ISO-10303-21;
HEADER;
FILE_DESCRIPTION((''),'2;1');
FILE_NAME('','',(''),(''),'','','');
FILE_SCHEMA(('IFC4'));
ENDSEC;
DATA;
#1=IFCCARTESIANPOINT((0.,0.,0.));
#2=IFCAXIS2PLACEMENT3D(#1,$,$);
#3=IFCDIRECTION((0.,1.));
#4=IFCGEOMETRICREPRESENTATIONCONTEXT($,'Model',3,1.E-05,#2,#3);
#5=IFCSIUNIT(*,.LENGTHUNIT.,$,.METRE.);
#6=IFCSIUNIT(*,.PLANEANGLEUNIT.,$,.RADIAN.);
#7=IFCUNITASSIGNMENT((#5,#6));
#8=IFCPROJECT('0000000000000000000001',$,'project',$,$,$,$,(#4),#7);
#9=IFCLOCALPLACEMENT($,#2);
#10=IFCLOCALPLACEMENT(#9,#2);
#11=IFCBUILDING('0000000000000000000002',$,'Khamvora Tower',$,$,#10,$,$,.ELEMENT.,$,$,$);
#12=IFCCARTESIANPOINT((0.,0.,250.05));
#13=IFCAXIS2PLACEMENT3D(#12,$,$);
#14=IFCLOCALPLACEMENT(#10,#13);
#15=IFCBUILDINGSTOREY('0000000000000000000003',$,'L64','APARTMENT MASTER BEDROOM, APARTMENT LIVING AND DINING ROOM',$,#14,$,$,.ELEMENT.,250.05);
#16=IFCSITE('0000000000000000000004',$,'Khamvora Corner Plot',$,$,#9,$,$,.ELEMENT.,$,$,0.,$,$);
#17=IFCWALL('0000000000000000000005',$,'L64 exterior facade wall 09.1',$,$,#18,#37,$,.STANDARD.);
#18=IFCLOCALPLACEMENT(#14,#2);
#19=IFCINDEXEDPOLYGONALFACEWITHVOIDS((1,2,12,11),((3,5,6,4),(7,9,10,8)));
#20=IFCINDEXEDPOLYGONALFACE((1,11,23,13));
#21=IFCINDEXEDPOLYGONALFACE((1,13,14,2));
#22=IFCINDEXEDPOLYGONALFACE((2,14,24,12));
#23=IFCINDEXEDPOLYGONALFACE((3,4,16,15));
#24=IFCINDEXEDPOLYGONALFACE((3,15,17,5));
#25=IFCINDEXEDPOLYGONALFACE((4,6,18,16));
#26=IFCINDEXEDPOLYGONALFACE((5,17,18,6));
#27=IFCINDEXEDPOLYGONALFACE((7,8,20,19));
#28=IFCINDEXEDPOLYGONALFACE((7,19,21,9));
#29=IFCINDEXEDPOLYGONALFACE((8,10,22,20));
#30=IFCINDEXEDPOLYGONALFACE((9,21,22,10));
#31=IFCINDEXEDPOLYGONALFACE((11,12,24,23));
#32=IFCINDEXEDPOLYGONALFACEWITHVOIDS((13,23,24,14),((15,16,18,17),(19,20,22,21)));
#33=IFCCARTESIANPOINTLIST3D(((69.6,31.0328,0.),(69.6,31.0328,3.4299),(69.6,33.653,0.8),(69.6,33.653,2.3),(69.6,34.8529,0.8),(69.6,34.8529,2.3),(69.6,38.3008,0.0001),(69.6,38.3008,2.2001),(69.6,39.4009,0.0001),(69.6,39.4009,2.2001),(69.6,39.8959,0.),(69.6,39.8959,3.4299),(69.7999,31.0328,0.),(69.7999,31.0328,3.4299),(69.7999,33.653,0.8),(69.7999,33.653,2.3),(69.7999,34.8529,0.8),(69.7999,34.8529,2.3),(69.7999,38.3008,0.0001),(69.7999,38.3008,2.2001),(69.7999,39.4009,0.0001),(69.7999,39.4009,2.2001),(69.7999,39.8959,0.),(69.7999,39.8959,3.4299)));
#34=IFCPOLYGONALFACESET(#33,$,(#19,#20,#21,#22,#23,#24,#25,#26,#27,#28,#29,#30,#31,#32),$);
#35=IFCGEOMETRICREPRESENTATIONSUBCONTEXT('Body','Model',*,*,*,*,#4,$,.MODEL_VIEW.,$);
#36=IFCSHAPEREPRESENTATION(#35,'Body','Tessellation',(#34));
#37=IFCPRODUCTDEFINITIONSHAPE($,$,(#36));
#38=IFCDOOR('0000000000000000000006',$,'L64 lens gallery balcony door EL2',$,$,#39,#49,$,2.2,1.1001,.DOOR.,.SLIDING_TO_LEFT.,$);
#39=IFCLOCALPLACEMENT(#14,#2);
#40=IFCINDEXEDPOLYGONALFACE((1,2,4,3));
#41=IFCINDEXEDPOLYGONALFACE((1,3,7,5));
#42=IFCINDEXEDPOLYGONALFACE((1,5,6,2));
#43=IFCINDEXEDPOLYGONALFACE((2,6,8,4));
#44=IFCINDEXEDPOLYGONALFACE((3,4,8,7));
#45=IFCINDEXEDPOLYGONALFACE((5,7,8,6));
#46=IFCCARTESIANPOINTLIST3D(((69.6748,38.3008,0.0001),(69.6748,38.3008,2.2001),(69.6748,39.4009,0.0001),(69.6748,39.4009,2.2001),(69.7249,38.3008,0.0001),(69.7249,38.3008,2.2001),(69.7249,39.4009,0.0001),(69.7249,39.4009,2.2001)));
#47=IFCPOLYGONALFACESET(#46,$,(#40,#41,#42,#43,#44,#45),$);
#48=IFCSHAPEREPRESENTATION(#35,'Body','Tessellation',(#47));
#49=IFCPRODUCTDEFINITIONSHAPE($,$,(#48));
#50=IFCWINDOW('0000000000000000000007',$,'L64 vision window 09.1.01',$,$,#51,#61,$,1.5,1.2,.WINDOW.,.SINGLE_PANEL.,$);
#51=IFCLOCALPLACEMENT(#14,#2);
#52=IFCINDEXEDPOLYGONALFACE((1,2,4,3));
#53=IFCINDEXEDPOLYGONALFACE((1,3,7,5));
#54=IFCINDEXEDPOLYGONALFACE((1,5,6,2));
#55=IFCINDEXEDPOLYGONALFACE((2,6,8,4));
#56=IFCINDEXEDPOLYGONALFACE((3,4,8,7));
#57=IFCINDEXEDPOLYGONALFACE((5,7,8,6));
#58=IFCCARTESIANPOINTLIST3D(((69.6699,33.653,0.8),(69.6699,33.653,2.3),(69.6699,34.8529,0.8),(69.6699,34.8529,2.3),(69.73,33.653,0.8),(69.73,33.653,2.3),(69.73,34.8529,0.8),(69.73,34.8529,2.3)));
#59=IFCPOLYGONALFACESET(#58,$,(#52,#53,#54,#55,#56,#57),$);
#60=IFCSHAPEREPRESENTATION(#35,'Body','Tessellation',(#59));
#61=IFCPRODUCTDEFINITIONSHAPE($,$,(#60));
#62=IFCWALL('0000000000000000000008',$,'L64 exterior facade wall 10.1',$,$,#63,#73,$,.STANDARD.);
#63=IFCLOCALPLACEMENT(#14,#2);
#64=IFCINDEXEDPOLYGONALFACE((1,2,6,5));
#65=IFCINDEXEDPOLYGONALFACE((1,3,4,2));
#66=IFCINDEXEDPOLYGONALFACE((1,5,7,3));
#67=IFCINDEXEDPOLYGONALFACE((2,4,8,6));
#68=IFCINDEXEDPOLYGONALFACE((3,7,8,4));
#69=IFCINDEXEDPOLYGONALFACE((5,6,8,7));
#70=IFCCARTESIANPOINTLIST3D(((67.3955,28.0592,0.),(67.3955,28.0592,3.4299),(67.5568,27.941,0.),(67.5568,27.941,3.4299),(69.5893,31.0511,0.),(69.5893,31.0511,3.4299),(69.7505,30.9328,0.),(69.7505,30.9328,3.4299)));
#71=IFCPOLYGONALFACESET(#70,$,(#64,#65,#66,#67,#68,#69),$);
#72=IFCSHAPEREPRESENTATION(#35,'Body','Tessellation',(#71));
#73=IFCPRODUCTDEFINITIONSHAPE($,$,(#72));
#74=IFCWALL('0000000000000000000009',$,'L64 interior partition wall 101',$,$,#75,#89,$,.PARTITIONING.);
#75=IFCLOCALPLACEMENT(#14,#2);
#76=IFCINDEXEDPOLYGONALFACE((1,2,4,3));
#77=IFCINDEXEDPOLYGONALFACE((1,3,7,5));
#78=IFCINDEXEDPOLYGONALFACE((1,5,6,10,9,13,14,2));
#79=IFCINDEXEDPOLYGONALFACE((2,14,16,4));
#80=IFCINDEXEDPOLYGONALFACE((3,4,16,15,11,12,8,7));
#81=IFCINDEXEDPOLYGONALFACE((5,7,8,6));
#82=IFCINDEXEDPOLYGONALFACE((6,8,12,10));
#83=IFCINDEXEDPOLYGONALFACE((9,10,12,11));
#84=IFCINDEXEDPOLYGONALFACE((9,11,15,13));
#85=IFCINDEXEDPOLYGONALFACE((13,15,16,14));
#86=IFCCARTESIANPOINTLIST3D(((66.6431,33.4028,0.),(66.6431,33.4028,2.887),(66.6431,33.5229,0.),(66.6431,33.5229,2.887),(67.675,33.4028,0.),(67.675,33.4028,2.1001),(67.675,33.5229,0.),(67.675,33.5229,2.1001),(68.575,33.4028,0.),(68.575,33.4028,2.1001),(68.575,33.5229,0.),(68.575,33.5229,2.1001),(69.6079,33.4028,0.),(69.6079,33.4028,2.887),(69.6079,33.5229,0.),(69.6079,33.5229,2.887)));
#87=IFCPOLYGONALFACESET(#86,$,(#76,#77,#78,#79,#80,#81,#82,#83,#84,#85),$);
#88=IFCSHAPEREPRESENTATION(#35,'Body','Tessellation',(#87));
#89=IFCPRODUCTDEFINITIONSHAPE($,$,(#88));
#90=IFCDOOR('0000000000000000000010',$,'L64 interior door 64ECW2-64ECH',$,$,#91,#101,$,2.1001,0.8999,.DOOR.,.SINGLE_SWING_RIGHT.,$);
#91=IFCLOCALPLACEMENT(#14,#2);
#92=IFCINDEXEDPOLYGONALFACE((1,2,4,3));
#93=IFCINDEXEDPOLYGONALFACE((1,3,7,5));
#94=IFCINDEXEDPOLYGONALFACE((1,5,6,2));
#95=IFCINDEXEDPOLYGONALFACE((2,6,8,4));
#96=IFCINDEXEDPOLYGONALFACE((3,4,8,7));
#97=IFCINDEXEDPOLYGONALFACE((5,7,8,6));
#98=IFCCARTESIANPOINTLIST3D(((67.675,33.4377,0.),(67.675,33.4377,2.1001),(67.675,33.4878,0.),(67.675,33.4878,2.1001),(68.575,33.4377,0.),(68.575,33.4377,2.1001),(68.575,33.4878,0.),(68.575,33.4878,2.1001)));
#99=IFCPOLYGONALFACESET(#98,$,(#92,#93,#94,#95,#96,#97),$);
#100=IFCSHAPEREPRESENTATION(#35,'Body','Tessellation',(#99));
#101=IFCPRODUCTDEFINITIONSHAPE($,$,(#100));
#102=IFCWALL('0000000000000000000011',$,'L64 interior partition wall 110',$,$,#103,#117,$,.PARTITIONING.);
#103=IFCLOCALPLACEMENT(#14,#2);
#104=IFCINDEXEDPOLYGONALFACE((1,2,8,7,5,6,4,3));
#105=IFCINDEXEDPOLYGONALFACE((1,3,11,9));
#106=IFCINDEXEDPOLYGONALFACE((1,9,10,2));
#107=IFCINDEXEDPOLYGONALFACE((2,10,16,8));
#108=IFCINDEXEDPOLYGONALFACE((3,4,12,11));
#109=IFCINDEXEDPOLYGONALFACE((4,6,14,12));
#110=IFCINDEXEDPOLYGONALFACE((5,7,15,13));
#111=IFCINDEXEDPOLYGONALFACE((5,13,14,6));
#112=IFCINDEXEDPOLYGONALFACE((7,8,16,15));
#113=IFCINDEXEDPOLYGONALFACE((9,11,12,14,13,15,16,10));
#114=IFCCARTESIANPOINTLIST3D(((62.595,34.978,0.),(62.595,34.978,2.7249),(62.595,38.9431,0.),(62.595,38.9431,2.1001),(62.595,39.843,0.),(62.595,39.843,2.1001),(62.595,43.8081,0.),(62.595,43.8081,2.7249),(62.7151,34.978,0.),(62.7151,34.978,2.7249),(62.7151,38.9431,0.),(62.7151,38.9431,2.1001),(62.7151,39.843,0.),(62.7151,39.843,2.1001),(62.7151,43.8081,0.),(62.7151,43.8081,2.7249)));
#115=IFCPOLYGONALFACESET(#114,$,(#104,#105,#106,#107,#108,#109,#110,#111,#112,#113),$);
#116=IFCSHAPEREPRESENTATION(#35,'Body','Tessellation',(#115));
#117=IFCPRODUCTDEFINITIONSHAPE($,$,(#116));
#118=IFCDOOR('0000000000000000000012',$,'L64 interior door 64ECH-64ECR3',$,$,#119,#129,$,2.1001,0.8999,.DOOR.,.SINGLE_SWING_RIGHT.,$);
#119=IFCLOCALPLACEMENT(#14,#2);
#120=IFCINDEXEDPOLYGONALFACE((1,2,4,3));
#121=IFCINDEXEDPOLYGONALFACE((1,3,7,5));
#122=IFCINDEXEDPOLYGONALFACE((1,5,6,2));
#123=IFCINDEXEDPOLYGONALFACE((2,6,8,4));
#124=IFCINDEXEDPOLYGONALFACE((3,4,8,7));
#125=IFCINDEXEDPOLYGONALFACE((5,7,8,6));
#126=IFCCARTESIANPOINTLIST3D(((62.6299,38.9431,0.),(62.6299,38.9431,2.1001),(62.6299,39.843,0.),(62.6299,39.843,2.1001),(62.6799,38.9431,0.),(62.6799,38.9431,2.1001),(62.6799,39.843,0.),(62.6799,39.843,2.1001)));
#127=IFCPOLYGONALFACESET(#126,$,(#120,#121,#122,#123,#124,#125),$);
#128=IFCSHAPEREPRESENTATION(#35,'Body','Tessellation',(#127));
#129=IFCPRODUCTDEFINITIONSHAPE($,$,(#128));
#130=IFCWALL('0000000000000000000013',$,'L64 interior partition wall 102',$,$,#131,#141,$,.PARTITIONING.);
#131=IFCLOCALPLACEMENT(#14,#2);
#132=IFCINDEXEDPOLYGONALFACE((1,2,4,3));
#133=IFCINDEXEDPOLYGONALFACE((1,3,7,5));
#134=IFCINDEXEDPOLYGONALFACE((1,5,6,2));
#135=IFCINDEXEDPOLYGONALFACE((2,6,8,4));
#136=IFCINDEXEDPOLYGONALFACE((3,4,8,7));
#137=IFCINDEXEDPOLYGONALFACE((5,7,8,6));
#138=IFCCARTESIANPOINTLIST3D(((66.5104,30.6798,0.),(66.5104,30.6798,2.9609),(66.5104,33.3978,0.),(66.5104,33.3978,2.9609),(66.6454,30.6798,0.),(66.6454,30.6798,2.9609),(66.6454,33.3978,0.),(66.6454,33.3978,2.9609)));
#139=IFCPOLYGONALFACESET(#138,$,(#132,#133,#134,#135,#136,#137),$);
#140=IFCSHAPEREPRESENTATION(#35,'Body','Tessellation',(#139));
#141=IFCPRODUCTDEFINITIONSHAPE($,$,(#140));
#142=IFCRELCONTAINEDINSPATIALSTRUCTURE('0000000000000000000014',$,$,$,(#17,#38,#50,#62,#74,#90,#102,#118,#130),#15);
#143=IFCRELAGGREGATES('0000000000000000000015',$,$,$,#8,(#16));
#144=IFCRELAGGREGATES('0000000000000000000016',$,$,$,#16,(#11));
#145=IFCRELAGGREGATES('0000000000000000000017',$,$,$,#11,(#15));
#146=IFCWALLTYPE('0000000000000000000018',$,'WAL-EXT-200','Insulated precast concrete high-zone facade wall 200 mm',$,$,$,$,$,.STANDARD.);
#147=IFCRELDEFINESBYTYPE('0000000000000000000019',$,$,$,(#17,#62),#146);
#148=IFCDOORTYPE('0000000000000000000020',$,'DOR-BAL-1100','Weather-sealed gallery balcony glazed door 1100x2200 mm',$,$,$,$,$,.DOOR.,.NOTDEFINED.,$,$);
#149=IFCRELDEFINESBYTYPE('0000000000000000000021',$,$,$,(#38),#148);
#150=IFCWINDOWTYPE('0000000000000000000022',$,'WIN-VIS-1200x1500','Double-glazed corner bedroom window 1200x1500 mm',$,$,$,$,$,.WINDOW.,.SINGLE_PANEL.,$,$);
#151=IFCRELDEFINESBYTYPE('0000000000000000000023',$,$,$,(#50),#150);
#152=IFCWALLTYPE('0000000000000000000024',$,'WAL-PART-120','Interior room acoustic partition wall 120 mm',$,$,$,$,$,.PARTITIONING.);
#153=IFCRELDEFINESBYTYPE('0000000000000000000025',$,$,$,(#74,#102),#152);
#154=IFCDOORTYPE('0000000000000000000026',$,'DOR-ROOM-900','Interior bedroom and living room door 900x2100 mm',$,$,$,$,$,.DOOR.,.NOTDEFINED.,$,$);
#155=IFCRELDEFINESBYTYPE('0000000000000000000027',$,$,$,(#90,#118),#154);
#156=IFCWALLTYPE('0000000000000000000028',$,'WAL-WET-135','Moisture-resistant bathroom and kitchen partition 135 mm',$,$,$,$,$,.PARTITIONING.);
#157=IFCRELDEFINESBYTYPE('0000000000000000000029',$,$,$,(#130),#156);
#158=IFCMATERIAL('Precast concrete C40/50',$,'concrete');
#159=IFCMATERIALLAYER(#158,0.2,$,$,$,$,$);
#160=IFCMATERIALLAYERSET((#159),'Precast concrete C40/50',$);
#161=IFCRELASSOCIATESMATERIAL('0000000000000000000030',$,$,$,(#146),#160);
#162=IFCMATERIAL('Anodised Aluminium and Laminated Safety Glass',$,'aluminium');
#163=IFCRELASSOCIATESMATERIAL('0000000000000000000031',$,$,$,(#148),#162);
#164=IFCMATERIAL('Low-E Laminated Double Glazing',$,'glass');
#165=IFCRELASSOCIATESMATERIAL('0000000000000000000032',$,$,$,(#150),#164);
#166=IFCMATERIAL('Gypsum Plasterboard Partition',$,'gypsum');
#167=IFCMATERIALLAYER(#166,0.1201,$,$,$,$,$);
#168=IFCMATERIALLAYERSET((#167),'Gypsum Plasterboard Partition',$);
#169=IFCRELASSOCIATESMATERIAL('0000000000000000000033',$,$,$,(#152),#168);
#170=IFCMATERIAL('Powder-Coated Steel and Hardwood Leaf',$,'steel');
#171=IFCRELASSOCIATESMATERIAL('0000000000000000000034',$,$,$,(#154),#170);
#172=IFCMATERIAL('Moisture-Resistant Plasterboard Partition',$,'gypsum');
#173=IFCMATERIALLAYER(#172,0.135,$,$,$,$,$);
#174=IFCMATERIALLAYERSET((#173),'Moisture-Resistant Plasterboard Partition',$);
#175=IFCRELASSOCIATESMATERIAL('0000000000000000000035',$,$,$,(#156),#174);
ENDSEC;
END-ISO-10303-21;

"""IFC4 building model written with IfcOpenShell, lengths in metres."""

from ifc_helpers import new_model, si_unit, direction, frame, frame_2d, origin, place, context, subcontext, project, spatial, rectangle, extrude, material, layer, layer_set, type_object, element, fill, save


model = new_model("IFC4")

# Units and contexts
model_context = context("Model", 3, precision=1e-05, world=origin(), true_north=direction((0.0, 1.0)))
body_context = subcontext(model_context, "Body", "Model", "MODEL_VIEW")
ifc_project = project(units=[si_unit("LENGTHUNIT", "METRE"), si_unit("PLANEANGLEUNIT", "RADIAN")], contexts=[model_context])

# Site, building, storey
site_placement = place(None, origin())
site = spatial("IfcSite", under=ifc_project, at=site_placement, Name="Khamvora Corner Plot", CompositionType="ELEMENT", RefElevation=0.0)
building_placement = place(site_placement, origin())
building = spatial("IfcBuilding", under=site, at=building_placement, Name="Khamvora Tower", CompositionType="ELEMENT")
storey_placement = place(building_placement, frame((0.0, 0.0, 250.05)))
storey = spatial("IfcBuildingStorey", under=building, at=storey_placement, Name="L64", Description="APARTMENT MASTER BEDROOM, APARTMENT LIVING AND DINING ROOM", CompositionType="ELEMENT", Elevation=250.05)

# Shared definitions
ifc_material_1 = material(Name="Precast concrete C40/50", Category="concrete")
ifc_layer_1 = layer(ifc_material_1, 0.2)
ifc_layer_set_1 = layer_set([ifc_layer_1], Name="Precast concrete C40/50")
wall_type_1 = type_object("IfcWallType", Name="WAL-EXT-200", Description="Insulated precast concrete high-zone facade wall 200 mm", PredefinedType="STANDARD", material=ifc_layer_set_1)

# Wall, openings, door, window
wall_1_placement = place(storey_placement, frame((69.7, 39.896, 0.0), z_axis=(0.0, 0.0, 1.0), x_axis=(0.0, -1.0, 0.0)))
wall_1 = element("IfcWall", 1, at=wall_1_placement, inside=storey, type_object=wall_type_1, Name="L64 exterior facade wall 09.1", PredefinedType="STANDARD", context=body_context, shape_type="SweptSolid", body=[
    extrude(rectangle(XDim=8.863, YDim=0.2, at=frame_2d((4.4316, 0.0))), origin(), (0.0, 0.0, 1.0), 3.4299),
])
opening_1_placement = place(wall_1_placement, frame((0.4951, 0.0, 0.0)))
opening_1 = element("IfcOpeningElement", 2, at=opening_1_placement, cuts=wall_1, PredefinedType="OPENING", context=body_context, shape_type="SweptSolid", body=[
    extrude(rectangle(XDim=1.1001, YDim=2.2, at=frame_2d((0.55, 1.1001))), frame((0.0, 0.1099, 0.0), z_axis=(0.0, -1.0, 0.0), x_axis=(1.0, 0.0, 0.0)), (0.0, 0.0, 1.0), 0.22),
])
opening_2_placement = place(wall_1_placement, frame((5.043, 0.0, 0.8)))
opening_2 = element("IfcOpeningElement", 3, at=opening_2_placement, cuts=wall_1, PredefinedType="OPENING", context=body_context, shape_type="SweptSolid", body=[
    extrude(rectangle(XDim=1.2, YDim=1.5, at=frame_2d((0.6001, 0.75))), frame((0.0, 0.1099, 0.0), z_axis=(0.0, -1.0, 0.0), x_axis=(1.0, 0.0, 0.0)), (0.0, 0.0, 1.0), 0.22),
])
ifc_material_2 = material(Name="Anodised Aluminium and Laminated Safety Glass", Category="aluminium")
door_type_1 = type_object("IfcDoorType", Name="DOR-BAL-1100", Description="Weather-sealed gallery balcony glazed door 1100x2200 mm", OperationType="NOTDEFINED", PredefinedType="DOOR", material=ifc_material_2)
door_1_placement = place(opening_1_placement, origin())
door_1 = element("IfcDoor", 4, at=door_1_placement, inside=storey, type_object=door_type_1, Name="L64 lens gallery balcony door EL2", OperationType="SLIDING_TO_LEFT", OverallHeight=2.2, OverallWidth=1.1001, PredefinedType="DOOR", context=body_context, shape_type="SweptSolid", body=[
    extrude(rectangle(XDim=1.1001, YDim=2.2, at=frame_2d((0.55, 1.1001))), frame((0.0, 0.0249, 0.0), z_axis=(0.0, -1.0, 0.0), x_axis=(1.0, 0.0, 0.0)), (0.0, 0.0, 1.0), 0.05),
])
fill(opening_1, door_1)
ifc_material_3 = material(Name="Low-E Laminated Double Glazing", Category="glass")
window_type = type_object("IfcWindowType", Name="WIN-VIS-1200x1500", Description="Double-glazed corner bedroom window 1200x1500 mm", PartitioningType="SINGLE_PANEL", PredefinedType="WINDOW", material=ifc_material_3)
window_placement = place(opening_2_placement, origin())
window = element("IfcWindow", 5, at=window_placement, inside=storey, type_object=window_type, Name="L64 vision window 09.1.01", OverallHeight=1.5, OverallWidth=1.2, PartitioningType="SINGLE_PANEL", PredefinedType="WINDOW", context=body_context, shape_type="SweptSolid", body=[
    extrude(rectangle(XDim=1.2, YDim=1.5, at=frame_2d((0.6001, 0.75))), frame((0.0, 0.03, 0.0), z_axis=(0.0, -1.0, 0.0), x_axis=(1.0, 0.0, 0.0)), (0.0, 0.0, 1.0), 0.0601),
])
fill(opening_2, window)

# Wall
wall_2_placement = place(storey_placement, frame((69.6699, 30.9919, 0.0), z_axis=(0.0, 0.0, 1.0), x_axis=(-0.591321, -0.806436, 0.0)))
element("IfcWall", 6, at=wall_2_placement, inside=storey, type_object=wall_type_1, Name="L64 exterior facade wall 10.1", PredefinedType="STANDARD", context=body_context, shape_type="SweptSolid", body=[
    extrude(rectangle(XDim=3.71, YDim=0.2, at=frame_2d((1.855, 0.0))), origin(), (0.0, 0.0, 1.0), 3.4299),
])

# Walls, openings, doors
ifc_material_4 = material(Name="Gypsum Plasterboard Partition", Category="gypsum")
ifc_layer_2 = layer(ifc_material_4, 0.1201)
ifc_layer_set_2 = layer_set([ifc_layer_2], Name="Gypsum Plasterboard Partition")
wall_type_2 = type_object("IfcWallType", Name="WAL-PART-120", Description="Interior room acoustic partition wall 120 mm", PredefinedType="PARTITIONING", material=ifc_layer_set_2)
wall_3_placement = place(storey_placement, frame((66.6431, 33.4629, 0.0), z_axis=(0.0, 0.0, 1.0), x_axis=(1.0, 0.0, 0.0)))
wall_3 = element("IfcWall", 7, at=wall_3_placement, inside=storey, type_object=wall_type_2, Name="L64 interior partition wall 101", PredefinedType="PARTITIONING", context=body_context, shape_type="SweptSolid", body=[
    extrude(rectangle(XDim=2.9648, YDim=0.1201, at=frame_2d((1.4824, 0.0))), origin(), (0.0, 0.0, 1.0), 2.887),
])
opening_3_placement = place(wall_3_placement, frame((1.032, 0.0, 0.0)))
opening_3 = element("IfcOpeningElement", 8, at=opening_3_placement, cuts=wall_3, PredefinedType="OPENING", context=body_context, shape_type="SweptSolid", body=[
    extrude(rectangle(XDim=0.8999, YDim=2.1001, at=frame_2d((0.45, 1.05))), frame((0.0, 0.0701, 0.0), z_axis=(0.0, -1.0, 0.0), x_axis=(1.0, 0.0, 0.0)), (0.0, 0.0, 1.0), 0.1401),
])
ifc_material_5 = material(Name="Powder-Coated Steel and Hardwood Leaf", Category="steel")
door_type_2 = type_object("IfcDoorType", Name="DOR-ROOM-900", Description="Interior bedroom and living room door 900x2100 mm", OperationType="NOTDEFINED", PredefinedType="DOOR", material=ifc_material_5)
door_2_placement = place(opening_3_placement, origin())
door_2 = element("IfcDoor", 9, at=door_2_placement, inside=storey, type_object=door_type_2, Name="L64 interior door 64ECW2-64ECH", OperationType="SINGLE_SWING_RIGHT", OverallHeight=2.1001, OverallWidth=0.8999, PredefinedType="DOOR", context=body_context, shape_type="SweptSolid", body=[
    extrude(rectangle(XDim=0.8999, YDim=2.1001, at=frame_2d((0.45, 1.05))), frame((0.0, 0.0249, 0.0), z_axis=(0.0, -1.0, 0.0), x_axis=(1.0, 0.0, 0.0)), (0.0, 0.0, 1.0), 0.05),
])
fill(opening_3, door_2)
wall_4_placement = place(storey_placement, frame((62.655, 43.8081, 0.0), z_axis=(0.0, 0.0, 1.0), x_axis=(0.0, -1.0, 0.0)))
wall_4 = element("IfcWall", 10, at=wall_4_placement, inside=storey, type_object=wall_type_2, Name="L64 interior partition wall 110", PredefinedType="PARTITIONING", context=body_context, shape_type="SweptSolid", body=[
    extrude(rectangle(XDim=8.8301, YDim=0.1201, at=frame_2d((4.415, 0.0))), origin(), (0.0, 0.0, 1.0), 2.7249),
])
opening_4_placement = place(wall_4_placement, frame((3.9651, 0.0, 0.0)))
opening_4 = element("IfcOpeningElement", 11, at=opening_4_placement, cuts=wall_4, PredefinedType="OPENING", context=body_context, shape_type="SweptSolid", body=[
    extrude(rectangle(XDim=0.8999, YDim=2.1001, at=frame_2d((0.45, 1.05))), frame((0.0, 0.0701, 0.0), z_axis=(0.0, -1.0, 0.0), x_axis=(1.0, 0.0, 0.0)), (0.0, 0.0, 1.0), 0.1401),
])
door_3_placement = place(opening_4_placement, origin())
door_3 = element("IfcDoor", 12, at=door_3_placement, inside=storey, type_object=door_type_2, Name="L64 interior door 64ECH-64ECR3", OperationType="SINGLE_SWING_RIGHT", OverallHeight=2.1001, OverallWidth=0.8999, PredefinedType="DOOR", context=body_context, shape_type="SweptSolid", body=[
    extrude(rectangle(XDim=0.8999, YDim=2.1001, at=frame_2d((0.45, 1.05))), frame((0.0, 0.0249, 0.0), z_axis=(0.0, -1.0, 0.0), x_axis=(1.0, 0.0, 0.0)), (0.0, 0.0, 1.0), 0.05),
])
fill(opening_4, door_3)

# Wall
ifc_material_6 = material(Name="Moisture-Resistant Plasterboard Partition", Category="gypsum")
ifc_layer_3 = layer(ifc_material_6, 0.135)
ifc_layer_set_3 = layer_set([ifc_layer_3], Name="Moisture-Resistant Plasterboard Partition")
wall_type_3 = type_object("IfcWallType", Name="WAL-WET-135", Description="Moisture-resistant bathroom and kitchen partition 135 mm", PredefinedType="PARTITIONING", material=ifc_layer_set_3)
wall_5_placement = place(storey_placement, frame((66.5779, 30.6799, 0.0), z_axis=(0.0, 0.0, 1.0), x_axis=(0.0, 1.0, 0.0)))
element("IfcWall", 13, at=wall_5_placement, inside=storey, type_object=wall_type_3, Name="L64 interior partition wall 102", PredefinedType="PARTITIONING", context=body_context, shape_type="SweptSolid", body=[
    extrude(rectangle(XDim=2.718, YDim=0.135, at=frame_2d((1.3589, 0.0))), origin(), (0.0, 0.0, 1.0), 2.9609),
])

save(model, "model.ifc")
